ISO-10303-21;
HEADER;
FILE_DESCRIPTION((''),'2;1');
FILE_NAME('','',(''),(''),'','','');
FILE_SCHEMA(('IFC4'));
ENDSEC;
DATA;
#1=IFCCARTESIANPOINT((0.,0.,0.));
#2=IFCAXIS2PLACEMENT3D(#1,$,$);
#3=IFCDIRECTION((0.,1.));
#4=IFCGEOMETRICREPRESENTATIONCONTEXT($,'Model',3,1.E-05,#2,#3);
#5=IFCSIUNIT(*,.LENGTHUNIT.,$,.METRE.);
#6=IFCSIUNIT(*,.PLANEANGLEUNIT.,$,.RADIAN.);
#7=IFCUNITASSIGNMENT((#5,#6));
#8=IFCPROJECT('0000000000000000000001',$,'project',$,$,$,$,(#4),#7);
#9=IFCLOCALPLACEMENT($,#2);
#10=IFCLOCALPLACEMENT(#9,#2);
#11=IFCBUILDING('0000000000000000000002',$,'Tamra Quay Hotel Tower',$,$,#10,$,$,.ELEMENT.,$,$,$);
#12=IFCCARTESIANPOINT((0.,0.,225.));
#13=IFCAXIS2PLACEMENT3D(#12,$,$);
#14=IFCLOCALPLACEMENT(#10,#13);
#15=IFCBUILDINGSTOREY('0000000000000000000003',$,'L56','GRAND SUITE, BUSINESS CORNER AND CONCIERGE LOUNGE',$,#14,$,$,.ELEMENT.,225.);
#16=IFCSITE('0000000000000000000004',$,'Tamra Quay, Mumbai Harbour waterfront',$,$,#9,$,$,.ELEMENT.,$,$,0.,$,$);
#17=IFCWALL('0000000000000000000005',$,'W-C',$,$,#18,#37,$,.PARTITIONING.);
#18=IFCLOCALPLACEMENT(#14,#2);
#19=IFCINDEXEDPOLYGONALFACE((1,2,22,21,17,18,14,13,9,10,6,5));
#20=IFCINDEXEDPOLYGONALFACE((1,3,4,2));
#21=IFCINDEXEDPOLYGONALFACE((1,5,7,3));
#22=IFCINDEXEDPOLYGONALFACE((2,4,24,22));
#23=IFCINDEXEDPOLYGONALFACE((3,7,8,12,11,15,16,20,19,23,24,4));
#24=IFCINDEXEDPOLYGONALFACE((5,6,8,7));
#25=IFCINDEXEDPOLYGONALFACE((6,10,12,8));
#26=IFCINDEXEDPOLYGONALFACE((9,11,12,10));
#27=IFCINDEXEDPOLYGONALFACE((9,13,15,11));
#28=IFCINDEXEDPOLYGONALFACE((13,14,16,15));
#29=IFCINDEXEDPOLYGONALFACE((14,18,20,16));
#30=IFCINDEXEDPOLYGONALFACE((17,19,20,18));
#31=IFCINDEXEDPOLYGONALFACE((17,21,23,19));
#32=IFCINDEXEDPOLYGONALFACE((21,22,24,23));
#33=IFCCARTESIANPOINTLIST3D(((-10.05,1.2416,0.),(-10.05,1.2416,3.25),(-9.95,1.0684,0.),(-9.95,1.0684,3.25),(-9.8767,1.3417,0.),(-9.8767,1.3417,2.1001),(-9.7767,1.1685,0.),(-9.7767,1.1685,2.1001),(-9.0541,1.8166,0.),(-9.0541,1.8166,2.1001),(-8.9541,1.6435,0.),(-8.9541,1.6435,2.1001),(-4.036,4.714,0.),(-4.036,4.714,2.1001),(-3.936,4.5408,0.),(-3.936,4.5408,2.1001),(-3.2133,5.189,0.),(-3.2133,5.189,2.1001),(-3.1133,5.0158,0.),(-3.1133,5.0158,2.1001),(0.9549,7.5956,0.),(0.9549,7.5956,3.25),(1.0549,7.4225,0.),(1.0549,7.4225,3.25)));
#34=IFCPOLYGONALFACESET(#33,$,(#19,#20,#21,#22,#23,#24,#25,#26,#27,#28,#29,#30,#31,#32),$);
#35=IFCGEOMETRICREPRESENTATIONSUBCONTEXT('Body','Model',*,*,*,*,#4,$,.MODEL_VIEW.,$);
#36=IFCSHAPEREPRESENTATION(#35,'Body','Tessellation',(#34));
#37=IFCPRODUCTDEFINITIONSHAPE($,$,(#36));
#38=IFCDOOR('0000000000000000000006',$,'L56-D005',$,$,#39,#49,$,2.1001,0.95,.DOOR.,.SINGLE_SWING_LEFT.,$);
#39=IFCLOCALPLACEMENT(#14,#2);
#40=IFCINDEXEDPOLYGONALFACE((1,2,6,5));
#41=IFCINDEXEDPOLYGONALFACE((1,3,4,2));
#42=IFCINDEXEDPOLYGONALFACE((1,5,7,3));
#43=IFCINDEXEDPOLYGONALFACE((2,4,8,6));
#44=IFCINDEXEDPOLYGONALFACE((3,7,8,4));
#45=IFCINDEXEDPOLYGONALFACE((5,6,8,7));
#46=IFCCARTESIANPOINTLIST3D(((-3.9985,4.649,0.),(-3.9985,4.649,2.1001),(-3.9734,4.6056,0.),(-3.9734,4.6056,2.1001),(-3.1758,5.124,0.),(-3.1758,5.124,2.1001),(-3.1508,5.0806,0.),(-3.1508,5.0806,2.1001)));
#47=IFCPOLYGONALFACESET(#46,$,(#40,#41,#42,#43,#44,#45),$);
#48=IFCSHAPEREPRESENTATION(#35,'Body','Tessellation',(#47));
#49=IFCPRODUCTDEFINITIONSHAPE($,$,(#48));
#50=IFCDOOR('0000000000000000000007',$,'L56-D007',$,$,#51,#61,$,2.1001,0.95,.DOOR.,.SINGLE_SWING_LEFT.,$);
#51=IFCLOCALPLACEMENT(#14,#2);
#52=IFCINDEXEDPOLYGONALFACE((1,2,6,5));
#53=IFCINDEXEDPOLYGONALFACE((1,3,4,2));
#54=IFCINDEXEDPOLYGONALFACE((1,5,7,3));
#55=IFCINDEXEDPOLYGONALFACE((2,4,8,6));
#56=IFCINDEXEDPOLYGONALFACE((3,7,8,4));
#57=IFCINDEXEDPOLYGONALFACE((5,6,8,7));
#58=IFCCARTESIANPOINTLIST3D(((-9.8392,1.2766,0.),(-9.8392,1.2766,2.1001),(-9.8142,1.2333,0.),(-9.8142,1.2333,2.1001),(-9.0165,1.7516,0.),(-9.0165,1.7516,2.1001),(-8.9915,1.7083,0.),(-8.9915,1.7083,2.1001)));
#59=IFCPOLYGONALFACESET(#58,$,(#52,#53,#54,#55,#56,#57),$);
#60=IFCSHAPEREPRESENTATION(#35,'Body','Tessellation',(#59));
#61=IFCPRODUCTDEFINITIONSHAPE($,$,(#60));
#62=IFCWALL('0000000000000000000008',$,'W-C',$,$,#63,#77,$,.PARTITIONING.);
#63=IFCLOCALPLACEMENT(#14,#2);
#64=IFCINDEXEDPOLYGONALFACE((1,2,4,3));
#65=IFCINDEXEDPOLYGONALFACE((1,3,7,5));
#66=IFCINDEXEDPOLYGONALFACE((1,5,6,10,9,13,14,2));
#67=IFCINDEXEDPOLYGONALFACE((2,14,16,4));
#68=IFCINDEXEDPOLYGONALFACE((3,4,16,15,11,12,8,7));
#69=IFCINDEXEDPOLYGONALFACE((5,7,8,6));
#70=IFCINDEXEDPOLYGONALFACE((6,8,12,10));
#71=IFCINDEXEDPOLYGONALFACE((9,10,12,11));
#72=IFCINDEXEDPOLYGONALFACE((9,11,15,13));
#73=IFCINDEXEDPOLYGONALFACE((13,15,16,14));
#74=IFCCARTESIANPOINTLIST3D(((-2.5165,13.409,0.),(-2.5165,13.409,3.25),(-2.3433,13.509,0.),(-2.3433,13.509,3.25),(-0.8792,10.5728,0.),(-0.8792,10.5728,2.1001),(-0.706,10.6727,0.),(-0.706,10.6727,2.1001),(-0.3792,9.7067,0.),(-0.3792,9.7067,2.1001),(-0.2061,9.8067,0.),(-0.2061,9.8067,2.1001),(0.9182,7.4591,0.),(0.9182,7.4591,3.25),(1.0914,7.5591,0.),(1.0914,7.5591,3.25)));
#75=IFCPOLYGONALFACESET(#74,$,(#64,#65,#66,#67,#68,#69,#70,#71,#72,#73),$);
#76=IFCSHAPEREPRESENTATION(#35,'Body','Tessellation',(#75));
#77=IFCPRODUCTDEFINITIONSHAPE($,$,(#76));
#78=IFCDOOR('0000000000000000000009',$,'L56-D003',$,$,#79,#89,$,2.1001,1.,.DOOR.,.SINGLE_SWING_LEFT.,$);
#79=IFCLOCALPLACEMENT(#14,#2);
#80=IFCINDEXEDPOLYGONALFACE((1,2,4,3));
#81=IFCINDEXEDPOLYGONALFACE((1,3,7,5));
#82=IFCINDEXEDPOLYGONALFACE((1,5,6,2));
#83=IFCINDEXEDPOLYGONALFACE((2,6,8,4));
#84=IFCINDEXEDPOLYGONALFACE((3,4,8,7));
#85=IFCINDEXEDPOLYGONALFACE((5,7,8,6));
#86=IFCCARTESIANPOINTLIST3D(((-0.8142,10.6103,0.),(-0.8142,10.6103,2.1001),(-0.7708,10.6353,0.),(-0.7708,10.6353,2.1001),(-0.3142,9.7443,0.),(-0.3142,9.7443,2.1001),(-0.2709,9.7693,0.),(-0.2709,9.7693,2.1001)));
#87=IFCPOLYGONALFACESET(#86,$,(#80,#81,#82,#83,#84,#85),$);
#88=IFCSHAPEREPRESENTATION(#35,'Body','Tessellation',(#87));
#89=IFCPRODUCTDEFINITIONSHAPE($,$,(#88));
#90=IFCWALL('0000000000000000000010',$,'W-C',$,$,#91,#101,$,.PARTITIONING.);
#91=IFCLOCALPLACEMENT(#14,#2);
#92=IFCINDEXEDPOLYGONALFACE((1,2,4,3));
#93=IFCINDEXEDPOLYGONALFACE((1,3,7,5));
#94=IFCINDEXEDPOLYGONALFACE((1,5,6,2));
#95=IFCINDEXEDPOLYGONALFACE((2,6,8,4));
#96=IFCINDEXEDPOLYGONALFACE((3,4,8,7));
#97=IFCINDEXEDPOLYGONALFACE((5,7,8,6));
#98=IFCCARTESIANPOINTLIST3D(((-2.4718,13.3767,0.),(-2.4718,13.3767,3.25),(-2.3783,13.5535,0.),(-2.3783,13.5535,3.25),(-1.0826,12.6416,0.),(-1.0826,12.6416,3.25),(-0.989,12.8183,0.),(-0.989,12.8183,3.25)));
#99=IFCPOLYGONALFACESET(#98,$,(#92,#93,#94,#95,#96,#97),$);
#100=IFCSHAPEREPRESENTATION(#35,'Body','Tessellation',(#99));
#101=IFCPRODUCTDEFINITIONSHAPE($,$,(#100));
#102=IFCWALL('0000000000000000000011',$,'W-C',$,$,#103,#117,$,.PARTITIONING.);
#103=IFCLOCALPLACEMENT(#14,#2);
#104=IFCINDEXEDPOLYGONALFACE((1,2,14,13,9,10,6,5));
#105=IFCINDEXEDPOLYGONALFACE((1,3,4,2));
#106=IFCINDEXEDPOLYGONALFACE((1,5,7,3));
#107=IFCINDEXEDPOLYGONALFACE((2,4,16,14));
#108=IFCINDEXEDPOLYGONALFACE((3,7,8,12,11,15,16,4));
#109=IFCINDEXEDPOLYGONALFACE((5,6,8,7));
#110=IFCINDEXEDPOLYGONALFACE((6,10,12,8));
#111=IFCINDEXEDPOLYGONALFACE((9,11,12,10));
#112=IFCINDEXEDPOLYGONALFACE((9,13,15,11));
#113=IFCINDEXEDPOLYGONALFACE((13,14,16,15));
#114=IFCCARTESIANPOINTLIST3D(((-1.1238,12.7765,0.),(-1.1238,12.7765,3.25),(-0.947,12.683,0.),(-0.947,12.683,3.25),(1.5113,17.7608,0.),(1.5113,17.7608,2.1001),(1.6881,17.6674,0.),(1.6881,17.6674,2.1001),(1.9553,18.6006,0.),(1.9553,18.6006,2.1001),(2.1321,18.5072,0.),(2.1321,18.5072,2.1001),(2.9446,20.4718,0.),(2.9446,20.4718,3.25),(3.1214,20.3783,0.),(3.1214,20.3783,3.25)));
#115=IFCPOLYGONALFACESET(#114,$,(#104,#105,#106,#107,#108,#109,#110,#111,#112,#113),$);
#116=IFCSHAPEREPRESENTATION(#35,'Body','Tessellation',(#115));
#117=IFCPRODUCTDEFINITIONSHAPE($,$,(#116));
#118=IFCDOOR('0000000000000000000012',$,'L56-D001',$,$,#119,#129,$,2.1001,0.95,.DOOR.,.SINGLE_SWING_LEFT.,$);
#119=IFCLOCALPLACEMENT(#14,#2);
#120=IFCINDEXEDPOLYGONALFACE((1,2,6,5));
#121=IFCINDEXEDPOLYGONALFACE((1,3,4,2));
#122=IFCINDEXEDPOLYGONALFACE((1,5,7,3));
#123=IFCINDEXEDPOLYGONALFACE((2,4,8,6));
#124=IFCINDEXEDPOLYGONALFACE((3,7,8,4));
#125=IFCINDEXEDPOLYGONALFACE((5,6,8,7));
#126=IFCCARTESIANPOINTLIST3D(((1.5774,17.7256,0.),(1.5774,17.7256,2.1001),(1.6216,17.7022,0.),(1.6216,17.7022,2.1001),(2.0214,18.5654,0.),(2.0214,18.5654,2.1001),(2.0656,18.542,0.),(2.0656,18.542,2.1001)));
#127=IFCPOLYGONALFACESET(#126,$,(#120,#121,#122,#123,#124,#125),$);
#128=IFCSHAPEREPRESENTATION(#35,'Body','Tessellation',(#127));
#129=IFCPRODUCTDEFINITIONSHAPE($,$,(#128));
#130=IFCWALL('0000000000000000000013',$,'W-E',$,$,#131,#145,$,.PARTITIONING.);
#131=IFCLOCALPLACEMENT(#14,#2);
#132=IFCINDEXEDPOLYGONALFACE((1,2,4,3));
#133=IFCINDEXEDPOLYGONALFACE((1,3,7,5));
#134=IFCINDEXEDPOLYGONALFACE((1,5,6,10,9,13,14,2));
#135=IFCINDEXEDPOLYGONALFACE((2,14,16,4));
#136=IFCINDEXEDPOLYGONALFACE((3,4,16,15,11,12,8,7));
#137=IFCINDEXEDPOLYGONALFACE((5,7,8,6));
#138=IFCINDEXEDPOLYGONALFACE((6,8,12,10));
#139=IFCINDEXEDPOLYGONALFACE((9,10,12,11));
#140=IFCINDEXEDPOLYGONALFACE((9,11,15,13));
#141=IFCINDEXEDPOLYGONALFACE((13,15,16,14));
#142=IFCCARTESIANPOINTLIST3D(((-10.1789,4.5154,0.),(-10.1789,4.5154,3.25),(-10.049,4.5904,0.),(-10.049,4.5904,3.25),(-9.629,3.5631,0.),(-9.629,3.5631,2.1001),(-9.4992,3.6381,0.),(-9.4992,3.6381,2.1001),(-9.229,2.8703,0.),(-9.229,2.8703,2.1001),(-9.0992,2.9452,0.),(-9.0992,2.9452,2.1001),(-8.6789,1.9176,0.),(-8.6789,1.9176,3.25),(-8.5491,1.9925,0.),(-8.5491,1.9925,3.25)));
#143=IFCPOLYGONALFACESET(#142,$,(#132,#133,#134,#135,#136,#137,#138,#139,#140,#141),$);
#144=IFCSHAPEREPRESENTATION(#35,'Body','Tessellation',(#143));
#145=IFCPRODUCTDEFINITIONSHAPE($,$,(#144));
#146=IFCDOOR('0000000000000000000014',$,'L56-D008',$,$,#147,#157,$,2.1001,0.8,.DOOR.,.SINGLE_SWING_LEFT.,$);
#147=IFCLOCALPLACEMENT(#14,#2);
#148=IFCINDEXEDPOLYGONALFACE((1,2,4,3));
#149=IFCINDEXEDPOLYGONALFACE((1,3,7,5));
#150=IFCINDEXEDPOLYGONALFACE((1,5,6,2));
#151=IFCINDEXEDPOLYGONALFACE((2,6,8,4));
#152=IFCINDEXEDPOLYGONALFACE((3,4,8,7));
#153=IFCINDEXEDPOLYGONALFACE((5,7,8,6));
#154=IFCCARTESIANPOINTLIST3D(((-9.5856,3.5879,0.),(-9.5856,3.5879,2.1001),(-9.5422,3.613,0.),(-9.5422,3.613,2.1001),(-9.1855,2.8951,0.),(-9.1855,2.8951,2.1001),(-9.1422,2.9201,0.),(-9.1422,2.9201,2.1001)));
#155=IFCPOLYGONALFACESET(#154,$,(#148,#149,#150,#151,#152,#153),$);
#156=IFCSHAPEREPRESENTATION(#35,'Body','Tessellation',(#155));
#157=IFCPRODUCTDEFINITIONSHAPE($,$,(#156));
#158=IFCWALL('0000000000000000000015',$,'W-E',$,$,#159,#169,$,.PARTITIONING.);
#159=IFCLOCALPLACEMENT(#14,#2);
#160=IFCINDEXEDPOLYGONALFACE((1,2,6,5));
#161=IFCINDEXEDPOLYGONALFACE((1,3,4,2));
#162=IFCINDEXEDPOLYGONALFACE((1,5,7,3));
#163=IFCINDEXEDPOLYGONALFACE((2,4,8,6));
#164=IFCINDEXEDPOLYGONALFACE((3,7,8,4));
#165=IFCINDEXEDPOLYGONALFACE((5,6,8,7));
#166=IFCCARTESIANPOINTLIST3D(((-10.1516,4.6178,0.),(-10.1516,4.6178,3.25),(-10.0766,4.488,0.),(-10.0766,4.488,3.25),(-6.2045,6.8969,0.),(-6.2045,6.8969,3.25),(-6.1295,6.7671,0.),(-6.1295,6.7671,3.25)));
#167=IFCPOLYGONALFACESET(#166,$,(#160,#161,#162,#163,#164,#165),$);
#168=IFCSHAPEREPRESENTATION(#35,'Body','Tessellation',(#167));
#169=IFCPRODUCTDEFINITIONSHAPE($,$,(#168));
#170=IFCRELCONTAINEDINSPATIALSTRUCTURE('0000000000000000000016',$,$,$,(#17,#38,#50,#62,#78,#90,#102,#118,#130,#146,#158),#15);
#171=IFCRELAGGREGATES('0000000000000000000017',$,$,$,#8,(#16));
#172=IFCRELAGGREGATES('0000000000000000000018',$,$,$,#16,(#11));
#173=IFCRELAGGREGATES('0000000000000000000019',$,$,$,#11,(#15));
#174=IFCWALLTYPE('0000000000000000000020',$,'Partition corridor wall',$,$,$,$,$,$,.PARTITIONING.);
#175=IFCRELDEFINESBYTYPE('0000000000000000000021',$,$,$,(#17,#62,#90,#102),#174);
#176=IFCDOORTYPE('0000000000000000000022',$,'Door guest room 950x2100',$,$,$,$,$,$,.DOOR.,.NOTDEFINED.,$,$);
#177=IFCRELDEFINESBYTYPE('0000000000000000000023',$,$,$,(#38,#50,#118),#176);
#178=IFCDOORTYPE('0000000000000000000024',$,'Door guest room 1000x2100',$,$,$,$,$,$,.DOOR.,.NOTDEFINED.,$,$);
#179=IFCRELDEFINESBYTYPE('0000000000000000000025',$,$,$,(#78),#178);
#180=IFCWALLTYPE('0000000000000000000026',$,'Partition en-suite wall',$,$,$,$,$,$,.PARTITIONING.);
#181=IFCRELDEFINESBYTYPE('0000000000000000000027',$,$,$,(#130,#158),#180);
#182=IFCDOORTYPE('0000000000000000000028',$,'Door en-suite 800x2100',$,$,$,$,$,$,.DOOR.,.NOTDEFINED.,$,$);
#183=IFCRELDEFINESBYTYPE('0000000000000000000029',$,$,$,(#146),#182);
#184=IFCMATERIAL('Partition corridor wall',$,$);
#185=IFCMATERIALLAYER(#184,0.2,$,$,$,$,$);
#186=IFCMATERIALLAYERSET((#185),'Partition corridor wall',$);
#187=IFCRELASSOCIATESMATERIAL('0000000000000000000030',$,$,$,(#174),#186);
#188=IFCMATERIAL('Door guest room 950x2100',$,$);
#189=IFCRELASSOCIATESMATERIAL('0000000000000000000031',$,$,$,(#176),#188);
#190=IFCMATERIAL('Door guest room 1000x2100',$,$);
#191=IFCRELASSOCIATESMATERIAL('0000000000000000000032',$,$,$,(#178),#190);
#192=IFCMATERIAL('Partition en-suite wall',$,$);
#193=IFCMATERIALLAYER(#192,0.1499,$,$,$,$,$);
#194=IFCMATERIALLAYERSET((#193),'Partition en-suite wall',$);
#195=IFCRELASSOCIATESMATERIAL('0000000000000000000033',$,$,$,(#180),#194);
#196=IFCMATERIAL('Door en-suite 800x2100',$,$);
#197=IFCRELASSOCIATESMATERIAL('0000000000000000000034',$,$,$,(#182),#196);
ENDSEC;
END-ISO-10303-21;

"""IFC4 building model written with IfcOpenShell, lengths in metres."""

from ifc_helpers import new_model, si_unit, direction, frame, frame_2d, origin, place, context, subcontext, project, spatial, rectangle, extrude, material, layer, layer_set, type_object, element, fill, save


model = new_model("IFC4")

# Units and contexts
model_context = context("Model", 3, precision=1e-05, world=origin(), true_north=direction((0.0, 1.0)))
body_context = subcontext(model_context, "Body", "Model", "MODEL_VIEW")
ifc_project = project(units=[si_unit("LENGTHUNIT", "METRE"), si_unit("PLANEANGLEUNIT", "RADIAN")], contexts=[model_context])

# Site, building, storey
site_placement = place(None, origin())
site = spatial("IfcSite", under=ifc_project, at=site_placement, Name="Tamra Quay, Mumbai Harbour waterfront", CompositionType="ELEMENT", RefElevation=0.0)
building_placement = place(site_placement, origin())
building = spatial("IfcBuilding", under=site, at=building_placement, Name="Tamra Quay Hotel Tower", CompositionType="ELEMENT")
storey_placement = place(building_placement, frame((0.0, 0.0, 225.0)))
storey = spatial("IfcBuildingStorey", under=building, at=storey_placement, Name="L56", Description="GRAND SUITE, BUSINESS CORNER AND CONCIERGE LOUNGE", CompositionType="ELEMENT", Elevation=225.0)

# Shared definitions
ifc_material_1 = material(Name="Partition corridor wall")
ifc_layer_1 = layer(ifc_material_1, 0.2)
ifc_layer_set_1 = layer_set([ifc_layer_1], Name="Partition corridor wall")
wall_type_1 = type_object("IfcWallType", Name="Partition corridor wall", PredefinedType="PARTITIONING", material=ifc_layer_set_1)

# Wall, openings, doors
wall_1_placement = place(storey_placement, frame((-10.0, 1.155, 0.0), z_axis=(0.0, 0.0, 1.0), x_axis=(0.866014, 0.50002, 0.0)))
wall_1 = element("IfcWall", 1, at=wall_1_placement, inside=storey, type_object=wall_type_1, Name="W-C", PredefinedType="PARTITIONING", context=body_context, shape_type="SweptSolid", body=[
    extrude(rectangle(XDim=12.7075, YDim=0.2, at=frame_2d((6.3538, 0.0))), origin(), (0.0, 0.0, 1.0), 3.25),
])
opening_1_placement = place(wall_1_placement, frame((6.9443, 0.0, 0.0)))
opening_1 = element("IfcOpeningElement", 2, at=opening_1_placement, cuts=wall_1, PredefinedType="OPENING", context=body_context, shape_type="SweptSolid", body=[
    extrude(rectangle(XDim=0.95, YDim=2.1001, at=frame_2d((0.4751, 1.05))), frame((0.0, 0.1099, 0.0), z_axis=(0.0, -1.0, 0.0), x_axis=(1.0, 0.0, 0.0)), (0.0, 0.0, 1.0), 0.22),
])
opening_2_placement = place(wall_1_placement, frame((0.2, 0.0, 0.0)))
opening_2 = element("IfcOpeningElement", 3, at=opening_2_placement, cuts=wall_1, PredefinedType="OPENING", context=body_context, shape_type="SweptSolid", body=[
    extrude(rectangle(XDim=0.95, YDim=2.1001, at=frame_2d((0.4751, 1.05))), frame((0.0, 0.1099, 0.0), z_axis=(0.0, -1.0, 0.0), x_axis=(1.0, 0.0, 0.0)), (0.0, 0.0, 1.0), 0.22),
])
ifc_material_2 = material(Name="Door guest room 950x2100")
door_type_1 = type_object("IfcDoorType", Name="Door guest room 950x2100", OperationType="NOTDEFINED", PredefinedType="DOOR", material=ifc_material_2)
door_1_placement = place(opening_1_placement, origin())
door_1 = element("IfcDoor", 4, at=door_1_placement, inside=storey, type_object=door_type_1, Name="L56-D005", OperationType="SINGLE_SWING_LEFT", OverallHeight=2.1001, OverallWidth=0.95, PredefinedType="DOOR", context=body_context, shape_type="SweptSolid", body=[
    extrude(rectangle(XDim=0.95, YDim=2.1001, at=frame_2d((0.4751, 1.05))), frame((0.0, 0.0249, 0.0), z_axis=(0.0, -1.0, 0.0), x_axis=(1.0, 0.0, 0.0)), (0.0, 0.0, 1.0), 0.05),
])
fill(opening_1, door_1)
door_2_placement = place(opening_2_placement, origin())
door_2 = element("IfcDoor", 5, at=door_2_placement, inside=storey, type_object=door_type_1, Name="L56-D007", OperationType="SINGLE_SWING_LEFT", OverallHeight=2.1001, OverallWidth=0.95, PredefinedType="DOOR", context=body_context, shape_type="SweptSolid", body=[
    extrude(rectangle(XDim=0.95, YDim=2.1001, at=frame_2d((0.4751, 1.05))), frame((0.0, 0.0249, 0.0), z_axis=(0.0, -1.0, 0.0), x_axis=(1.0, 0.0, 0.0)), (0.0, 0.0, 1.0), 0.05),
])
fill(opening_2, door_2)

# Wall, opening, door
wall_2_placement = place(storey_placement, frame((-2.4299, 13.459, 0.0), z_axis=(0.0, 0.0, 1.0), x_axis=(0.499957, -0.86605, 0.0)))
wall_2 = element("IfcWall", 6, at=wall_2_placement, inside=storey, type_object=wall_type_1, Name="W-C", PredefinedType="PARTITIONING", context=body_context, shape_type="SweptSolid", body=[
    extrude(rectangle(XDim=6.8701, YDim=0.2, at=frame_2d((3.4351, 0.0))), origin(), (0.0, 0.0, 1.0), 3.25),
])
opening_3_placement = place(wall_2_placement, frame((3.2749, 0.0, 0.0)))
opening_3 = element("IfcOpeningElement", 7, at=opening_3_placement, cuts=wall_2, PredefinedType="OPENING", context=body_context, shape_type="SweptSolid", body=[
    extrude(rectangle(XDim=1.0, YDim=2.1001, at=frame_2d((0.5, 1.05))), frame((0.0, 0.1099, 0.0), z_axis=(0.0, -1.0, 0.0), x_axis=(1.0, 0.0, 0.0)), (0.0, 0.0, 1.0), 0.22),
])
ifc_material_3 = material(Name="Door guest room 1000x2100")
door_type_2 = type_object("IfcDoorType", Name="Door guest room 1000x2100", OperationType="NOTDEFINED", PredefinedType="DOOR", material=ifc_material_3)
door_3_placement = place(opening_3_placement, frame((1.0, 0.0, 0.0), z_axis=(0.0, 0.0, 1.0), x_axis=(-1.0, 0.0, 0.0)))
door_3 = element("IfcDoor", 8, at=door_3_placement, inside=storey, type_object=door_type_2, Name="L56-D003", OperationType="SINGLE_SWING_LEFT", OverallHeight=2.1001, OverallWidth=1.0, PredefinedType="DOOR", context=body_context, shape_type="SweptSolid", body=[
    extrude(rectangle(XDim=1.0, YDim=2.1001, at=frame_2d((0.5, 1.05))), frame((0.0, 0.0249, 0.0), z_axis=(0.0, -1.0, 0.0), x_axis=(1.0, 0.0, 0.0)), (0.0, 0.0, 1.0), 0.05),
])
fill(opening_3, door_3)

# Wall
wall_3_placement = place(storey_placement, frame((-2.425, 13.4651, 0.0), z_axis=(0.0, 0.0, 1.0), x_axis=(0.883875, -0.467724, 0.0)))
element("IfcWall", 9, at=wall_3_placement, inside=storey, type_object=wall_type_1, Name="W-C", PredefinedType="PARTITIONING", context=body_context, shape_type="SweptSolid", body=[
    extrude(rectangle(XDim=1.5718, YDim=0.2, at=frame_2d((0.7859, 0.0))), origin(), (0.0, 0.0, 1.0), 3.25),
])

# Walls, openings, doors
wall_4_placement = place(storey_placement, frame((-1.0354, 12.7297, 0.0), z_axis=(0.0, 0.0, 1.0), x_axis=(0.467382, 0.884055, 0.0)))
wall_4 = element("IfcWall", 10, at=wall_4_placement, inside=storey, type_object=wall_type_1, Name="W-C", PredefinedType="PARTITIONING", context=body_context, shape_type="SweptSolid", body=[
    extrude(rectangle(XDim=8.7046, YDim=0.2, at=frame_2d((4.3523, 0.0))), origin(), (0.0, 0.0, 1.0), 3.25),
])
opening_4_placement = place(wall_4_placement, frame((5.6379, 0.0, 0.0)))
opening_4 = element("IfcOpeningElement", 11, at=opening_4_placement, cuts=wall_4, PredefinedType="OPENING", context=body_context, shape_type="SweptSolid", body=[
    extrude(rectangle(XDim=0.95, YDim=2.1001, at=frame_2d((0.4751, 1.05))), frame((0.0, 0.1099, 0.0), z_axis=(0.0, -1.0, 0.0), x_axis=(1.0, 0.0, 0.0)), (0.0, 0.0, 1.0), 0.22),
])
door_4_placement = place(opening_4_placement, frame((0.95, 0.0, 0.0), z_axis=(0.0, 0.0, 1.0), x_axis=(-1.0, 0.0, 0.0)))
door_4 = element("IfcDoor", 12, at=door_4_placement, inside=storey, type_object=door_type_1, Name="L56-D001", OperationType="SINGLE_SWING_LEFT", OverallHeight=2.1001, OverallWidth=0.95, PredefinedType="DOOR", context=body_context, shape_type="SweptSolid", body=[
    extrude(rectangle(XDim=0.95, YDim=2.1001, at=frame_2d((0.4751, 1.05))), frame((0.0, 0.0249, 0.0), z_axis=(0.0, -1.0, 0.0), x_axis=(1.0, 0.0, 0.0)), (0.0, 0.0, 1.0), 0.05),
])
fill(opening_4, door_4)
ifc_material_4 = material(Name="Partition en-suite wall")
ifc_layer_2 = layer(ifc_material_4, 0.1499)
ifc_layer_set_2 = layer_set([ifc_layer_2], Name="Partition en-suite wall")
wall_type_2 = type_object("IfcWallType", Name="Partition en-suite wall", PredefinedType="PARTITIONING", material=ifc_layer_set_2)
wall_5_placement = place(storey_placement, frame((-10.114, 4.553, 0.0), z_axis=(0.0, 0.0, 1.0), x_axis=(0.500025, -0.866011, 0.0)))
wall_5 = element("IfcWall", 13, at=wall_5_placement, inside=storey, type_object=wall_type_2, Name="W-E", PredefinedType="PARTITIONING", context=body_context, shape_type="SweptSolid", body=[
    extrude(rectangle(XDim=2.9998, YDim=0.1499, at=frame_2d((1.5, 0.0))), origin(), (0.0, 0.0, 1.0), 3.25),
])
opening_5_placement = place(wall_5_placement, frame((1.0999, 0.0, 0.0)))
opening_5 = element("IfcOpeningElement", 14, at=opening_5_placement, cuts=wall_5, PredefinedType="OPENING", context=body_context, shape_type="SweptSolid", body=[
    extrude(rectangle(XDim=0.8, YDim=2.1001, at=frame_2d((0.3999, 1.05))), frame((0.0, 0.085, 0.0), z_axis=(0.0, -1.0, 0.0), x_axis=(1.0, 0.0, 0.0)), (0.0, 0.0, 1.0), 0.1699),
])
ifc_material_5 = material(Name="Door en-suite 800x2100")
door_type_3 = type_object("IfcDoorType", Name="Door en-suite 800x2100", OperationType="NOTDEFINED", PredefinedType="DOOR", material=ifc_material_5)
door_5_placement = place(opening_5_placement, frame((0.8, 0.0, 0.0), z_axis=(0.0, 0.0, 1.0), x_axis=(-1.0, 0.0, 0.0)))
door_5 = element("IfcDoor", 15, at=door_5_placement, inside=storey, type_object=door_type_3, Name="L56-D008", OperationType="SINGLE_SWING_LEFT", OverallHeight=2.1001, OverallWidth=0.8, PredefinedType="DOOR", context=body_context, shape_type="SweptSolid", body=[
    extrude(rectangle(XDim=0.8, YDim=2.1001, at=frame_2d((0.3999, 1.05))), frame((0.0, 0.0249, 0.0), z_axis=(0.0, -1.0, 0.0), x_axis=(1.0, 0.0, 0.0)), (0.0, 0.0, 1.0), 0.05),
])
fill(opening_5, door_5)

# Wall
wall_6_placement = place(storey_placement, frame((-10.114, 4.553, 0.0), z_axis=(0.0, 0.0, 1.0), x_axis=(0.866003, 0.500039, 0.0)))
element("IfcWall", 16, at=wall_6_placement, inside=storey, type_object=wall_type_2, Name="W-E", PredefinedType="PARTITIONING", context=body_context, shape_type="SweptSolid", body=[
    extrude(rectangle(XDim=4.5579, YDim=0.1499, at=frame_2d((2.2788, 0.0))), origin(), (0.0, 0.0, 1.0), 3.25),
])

save(model, "model.ifc")
